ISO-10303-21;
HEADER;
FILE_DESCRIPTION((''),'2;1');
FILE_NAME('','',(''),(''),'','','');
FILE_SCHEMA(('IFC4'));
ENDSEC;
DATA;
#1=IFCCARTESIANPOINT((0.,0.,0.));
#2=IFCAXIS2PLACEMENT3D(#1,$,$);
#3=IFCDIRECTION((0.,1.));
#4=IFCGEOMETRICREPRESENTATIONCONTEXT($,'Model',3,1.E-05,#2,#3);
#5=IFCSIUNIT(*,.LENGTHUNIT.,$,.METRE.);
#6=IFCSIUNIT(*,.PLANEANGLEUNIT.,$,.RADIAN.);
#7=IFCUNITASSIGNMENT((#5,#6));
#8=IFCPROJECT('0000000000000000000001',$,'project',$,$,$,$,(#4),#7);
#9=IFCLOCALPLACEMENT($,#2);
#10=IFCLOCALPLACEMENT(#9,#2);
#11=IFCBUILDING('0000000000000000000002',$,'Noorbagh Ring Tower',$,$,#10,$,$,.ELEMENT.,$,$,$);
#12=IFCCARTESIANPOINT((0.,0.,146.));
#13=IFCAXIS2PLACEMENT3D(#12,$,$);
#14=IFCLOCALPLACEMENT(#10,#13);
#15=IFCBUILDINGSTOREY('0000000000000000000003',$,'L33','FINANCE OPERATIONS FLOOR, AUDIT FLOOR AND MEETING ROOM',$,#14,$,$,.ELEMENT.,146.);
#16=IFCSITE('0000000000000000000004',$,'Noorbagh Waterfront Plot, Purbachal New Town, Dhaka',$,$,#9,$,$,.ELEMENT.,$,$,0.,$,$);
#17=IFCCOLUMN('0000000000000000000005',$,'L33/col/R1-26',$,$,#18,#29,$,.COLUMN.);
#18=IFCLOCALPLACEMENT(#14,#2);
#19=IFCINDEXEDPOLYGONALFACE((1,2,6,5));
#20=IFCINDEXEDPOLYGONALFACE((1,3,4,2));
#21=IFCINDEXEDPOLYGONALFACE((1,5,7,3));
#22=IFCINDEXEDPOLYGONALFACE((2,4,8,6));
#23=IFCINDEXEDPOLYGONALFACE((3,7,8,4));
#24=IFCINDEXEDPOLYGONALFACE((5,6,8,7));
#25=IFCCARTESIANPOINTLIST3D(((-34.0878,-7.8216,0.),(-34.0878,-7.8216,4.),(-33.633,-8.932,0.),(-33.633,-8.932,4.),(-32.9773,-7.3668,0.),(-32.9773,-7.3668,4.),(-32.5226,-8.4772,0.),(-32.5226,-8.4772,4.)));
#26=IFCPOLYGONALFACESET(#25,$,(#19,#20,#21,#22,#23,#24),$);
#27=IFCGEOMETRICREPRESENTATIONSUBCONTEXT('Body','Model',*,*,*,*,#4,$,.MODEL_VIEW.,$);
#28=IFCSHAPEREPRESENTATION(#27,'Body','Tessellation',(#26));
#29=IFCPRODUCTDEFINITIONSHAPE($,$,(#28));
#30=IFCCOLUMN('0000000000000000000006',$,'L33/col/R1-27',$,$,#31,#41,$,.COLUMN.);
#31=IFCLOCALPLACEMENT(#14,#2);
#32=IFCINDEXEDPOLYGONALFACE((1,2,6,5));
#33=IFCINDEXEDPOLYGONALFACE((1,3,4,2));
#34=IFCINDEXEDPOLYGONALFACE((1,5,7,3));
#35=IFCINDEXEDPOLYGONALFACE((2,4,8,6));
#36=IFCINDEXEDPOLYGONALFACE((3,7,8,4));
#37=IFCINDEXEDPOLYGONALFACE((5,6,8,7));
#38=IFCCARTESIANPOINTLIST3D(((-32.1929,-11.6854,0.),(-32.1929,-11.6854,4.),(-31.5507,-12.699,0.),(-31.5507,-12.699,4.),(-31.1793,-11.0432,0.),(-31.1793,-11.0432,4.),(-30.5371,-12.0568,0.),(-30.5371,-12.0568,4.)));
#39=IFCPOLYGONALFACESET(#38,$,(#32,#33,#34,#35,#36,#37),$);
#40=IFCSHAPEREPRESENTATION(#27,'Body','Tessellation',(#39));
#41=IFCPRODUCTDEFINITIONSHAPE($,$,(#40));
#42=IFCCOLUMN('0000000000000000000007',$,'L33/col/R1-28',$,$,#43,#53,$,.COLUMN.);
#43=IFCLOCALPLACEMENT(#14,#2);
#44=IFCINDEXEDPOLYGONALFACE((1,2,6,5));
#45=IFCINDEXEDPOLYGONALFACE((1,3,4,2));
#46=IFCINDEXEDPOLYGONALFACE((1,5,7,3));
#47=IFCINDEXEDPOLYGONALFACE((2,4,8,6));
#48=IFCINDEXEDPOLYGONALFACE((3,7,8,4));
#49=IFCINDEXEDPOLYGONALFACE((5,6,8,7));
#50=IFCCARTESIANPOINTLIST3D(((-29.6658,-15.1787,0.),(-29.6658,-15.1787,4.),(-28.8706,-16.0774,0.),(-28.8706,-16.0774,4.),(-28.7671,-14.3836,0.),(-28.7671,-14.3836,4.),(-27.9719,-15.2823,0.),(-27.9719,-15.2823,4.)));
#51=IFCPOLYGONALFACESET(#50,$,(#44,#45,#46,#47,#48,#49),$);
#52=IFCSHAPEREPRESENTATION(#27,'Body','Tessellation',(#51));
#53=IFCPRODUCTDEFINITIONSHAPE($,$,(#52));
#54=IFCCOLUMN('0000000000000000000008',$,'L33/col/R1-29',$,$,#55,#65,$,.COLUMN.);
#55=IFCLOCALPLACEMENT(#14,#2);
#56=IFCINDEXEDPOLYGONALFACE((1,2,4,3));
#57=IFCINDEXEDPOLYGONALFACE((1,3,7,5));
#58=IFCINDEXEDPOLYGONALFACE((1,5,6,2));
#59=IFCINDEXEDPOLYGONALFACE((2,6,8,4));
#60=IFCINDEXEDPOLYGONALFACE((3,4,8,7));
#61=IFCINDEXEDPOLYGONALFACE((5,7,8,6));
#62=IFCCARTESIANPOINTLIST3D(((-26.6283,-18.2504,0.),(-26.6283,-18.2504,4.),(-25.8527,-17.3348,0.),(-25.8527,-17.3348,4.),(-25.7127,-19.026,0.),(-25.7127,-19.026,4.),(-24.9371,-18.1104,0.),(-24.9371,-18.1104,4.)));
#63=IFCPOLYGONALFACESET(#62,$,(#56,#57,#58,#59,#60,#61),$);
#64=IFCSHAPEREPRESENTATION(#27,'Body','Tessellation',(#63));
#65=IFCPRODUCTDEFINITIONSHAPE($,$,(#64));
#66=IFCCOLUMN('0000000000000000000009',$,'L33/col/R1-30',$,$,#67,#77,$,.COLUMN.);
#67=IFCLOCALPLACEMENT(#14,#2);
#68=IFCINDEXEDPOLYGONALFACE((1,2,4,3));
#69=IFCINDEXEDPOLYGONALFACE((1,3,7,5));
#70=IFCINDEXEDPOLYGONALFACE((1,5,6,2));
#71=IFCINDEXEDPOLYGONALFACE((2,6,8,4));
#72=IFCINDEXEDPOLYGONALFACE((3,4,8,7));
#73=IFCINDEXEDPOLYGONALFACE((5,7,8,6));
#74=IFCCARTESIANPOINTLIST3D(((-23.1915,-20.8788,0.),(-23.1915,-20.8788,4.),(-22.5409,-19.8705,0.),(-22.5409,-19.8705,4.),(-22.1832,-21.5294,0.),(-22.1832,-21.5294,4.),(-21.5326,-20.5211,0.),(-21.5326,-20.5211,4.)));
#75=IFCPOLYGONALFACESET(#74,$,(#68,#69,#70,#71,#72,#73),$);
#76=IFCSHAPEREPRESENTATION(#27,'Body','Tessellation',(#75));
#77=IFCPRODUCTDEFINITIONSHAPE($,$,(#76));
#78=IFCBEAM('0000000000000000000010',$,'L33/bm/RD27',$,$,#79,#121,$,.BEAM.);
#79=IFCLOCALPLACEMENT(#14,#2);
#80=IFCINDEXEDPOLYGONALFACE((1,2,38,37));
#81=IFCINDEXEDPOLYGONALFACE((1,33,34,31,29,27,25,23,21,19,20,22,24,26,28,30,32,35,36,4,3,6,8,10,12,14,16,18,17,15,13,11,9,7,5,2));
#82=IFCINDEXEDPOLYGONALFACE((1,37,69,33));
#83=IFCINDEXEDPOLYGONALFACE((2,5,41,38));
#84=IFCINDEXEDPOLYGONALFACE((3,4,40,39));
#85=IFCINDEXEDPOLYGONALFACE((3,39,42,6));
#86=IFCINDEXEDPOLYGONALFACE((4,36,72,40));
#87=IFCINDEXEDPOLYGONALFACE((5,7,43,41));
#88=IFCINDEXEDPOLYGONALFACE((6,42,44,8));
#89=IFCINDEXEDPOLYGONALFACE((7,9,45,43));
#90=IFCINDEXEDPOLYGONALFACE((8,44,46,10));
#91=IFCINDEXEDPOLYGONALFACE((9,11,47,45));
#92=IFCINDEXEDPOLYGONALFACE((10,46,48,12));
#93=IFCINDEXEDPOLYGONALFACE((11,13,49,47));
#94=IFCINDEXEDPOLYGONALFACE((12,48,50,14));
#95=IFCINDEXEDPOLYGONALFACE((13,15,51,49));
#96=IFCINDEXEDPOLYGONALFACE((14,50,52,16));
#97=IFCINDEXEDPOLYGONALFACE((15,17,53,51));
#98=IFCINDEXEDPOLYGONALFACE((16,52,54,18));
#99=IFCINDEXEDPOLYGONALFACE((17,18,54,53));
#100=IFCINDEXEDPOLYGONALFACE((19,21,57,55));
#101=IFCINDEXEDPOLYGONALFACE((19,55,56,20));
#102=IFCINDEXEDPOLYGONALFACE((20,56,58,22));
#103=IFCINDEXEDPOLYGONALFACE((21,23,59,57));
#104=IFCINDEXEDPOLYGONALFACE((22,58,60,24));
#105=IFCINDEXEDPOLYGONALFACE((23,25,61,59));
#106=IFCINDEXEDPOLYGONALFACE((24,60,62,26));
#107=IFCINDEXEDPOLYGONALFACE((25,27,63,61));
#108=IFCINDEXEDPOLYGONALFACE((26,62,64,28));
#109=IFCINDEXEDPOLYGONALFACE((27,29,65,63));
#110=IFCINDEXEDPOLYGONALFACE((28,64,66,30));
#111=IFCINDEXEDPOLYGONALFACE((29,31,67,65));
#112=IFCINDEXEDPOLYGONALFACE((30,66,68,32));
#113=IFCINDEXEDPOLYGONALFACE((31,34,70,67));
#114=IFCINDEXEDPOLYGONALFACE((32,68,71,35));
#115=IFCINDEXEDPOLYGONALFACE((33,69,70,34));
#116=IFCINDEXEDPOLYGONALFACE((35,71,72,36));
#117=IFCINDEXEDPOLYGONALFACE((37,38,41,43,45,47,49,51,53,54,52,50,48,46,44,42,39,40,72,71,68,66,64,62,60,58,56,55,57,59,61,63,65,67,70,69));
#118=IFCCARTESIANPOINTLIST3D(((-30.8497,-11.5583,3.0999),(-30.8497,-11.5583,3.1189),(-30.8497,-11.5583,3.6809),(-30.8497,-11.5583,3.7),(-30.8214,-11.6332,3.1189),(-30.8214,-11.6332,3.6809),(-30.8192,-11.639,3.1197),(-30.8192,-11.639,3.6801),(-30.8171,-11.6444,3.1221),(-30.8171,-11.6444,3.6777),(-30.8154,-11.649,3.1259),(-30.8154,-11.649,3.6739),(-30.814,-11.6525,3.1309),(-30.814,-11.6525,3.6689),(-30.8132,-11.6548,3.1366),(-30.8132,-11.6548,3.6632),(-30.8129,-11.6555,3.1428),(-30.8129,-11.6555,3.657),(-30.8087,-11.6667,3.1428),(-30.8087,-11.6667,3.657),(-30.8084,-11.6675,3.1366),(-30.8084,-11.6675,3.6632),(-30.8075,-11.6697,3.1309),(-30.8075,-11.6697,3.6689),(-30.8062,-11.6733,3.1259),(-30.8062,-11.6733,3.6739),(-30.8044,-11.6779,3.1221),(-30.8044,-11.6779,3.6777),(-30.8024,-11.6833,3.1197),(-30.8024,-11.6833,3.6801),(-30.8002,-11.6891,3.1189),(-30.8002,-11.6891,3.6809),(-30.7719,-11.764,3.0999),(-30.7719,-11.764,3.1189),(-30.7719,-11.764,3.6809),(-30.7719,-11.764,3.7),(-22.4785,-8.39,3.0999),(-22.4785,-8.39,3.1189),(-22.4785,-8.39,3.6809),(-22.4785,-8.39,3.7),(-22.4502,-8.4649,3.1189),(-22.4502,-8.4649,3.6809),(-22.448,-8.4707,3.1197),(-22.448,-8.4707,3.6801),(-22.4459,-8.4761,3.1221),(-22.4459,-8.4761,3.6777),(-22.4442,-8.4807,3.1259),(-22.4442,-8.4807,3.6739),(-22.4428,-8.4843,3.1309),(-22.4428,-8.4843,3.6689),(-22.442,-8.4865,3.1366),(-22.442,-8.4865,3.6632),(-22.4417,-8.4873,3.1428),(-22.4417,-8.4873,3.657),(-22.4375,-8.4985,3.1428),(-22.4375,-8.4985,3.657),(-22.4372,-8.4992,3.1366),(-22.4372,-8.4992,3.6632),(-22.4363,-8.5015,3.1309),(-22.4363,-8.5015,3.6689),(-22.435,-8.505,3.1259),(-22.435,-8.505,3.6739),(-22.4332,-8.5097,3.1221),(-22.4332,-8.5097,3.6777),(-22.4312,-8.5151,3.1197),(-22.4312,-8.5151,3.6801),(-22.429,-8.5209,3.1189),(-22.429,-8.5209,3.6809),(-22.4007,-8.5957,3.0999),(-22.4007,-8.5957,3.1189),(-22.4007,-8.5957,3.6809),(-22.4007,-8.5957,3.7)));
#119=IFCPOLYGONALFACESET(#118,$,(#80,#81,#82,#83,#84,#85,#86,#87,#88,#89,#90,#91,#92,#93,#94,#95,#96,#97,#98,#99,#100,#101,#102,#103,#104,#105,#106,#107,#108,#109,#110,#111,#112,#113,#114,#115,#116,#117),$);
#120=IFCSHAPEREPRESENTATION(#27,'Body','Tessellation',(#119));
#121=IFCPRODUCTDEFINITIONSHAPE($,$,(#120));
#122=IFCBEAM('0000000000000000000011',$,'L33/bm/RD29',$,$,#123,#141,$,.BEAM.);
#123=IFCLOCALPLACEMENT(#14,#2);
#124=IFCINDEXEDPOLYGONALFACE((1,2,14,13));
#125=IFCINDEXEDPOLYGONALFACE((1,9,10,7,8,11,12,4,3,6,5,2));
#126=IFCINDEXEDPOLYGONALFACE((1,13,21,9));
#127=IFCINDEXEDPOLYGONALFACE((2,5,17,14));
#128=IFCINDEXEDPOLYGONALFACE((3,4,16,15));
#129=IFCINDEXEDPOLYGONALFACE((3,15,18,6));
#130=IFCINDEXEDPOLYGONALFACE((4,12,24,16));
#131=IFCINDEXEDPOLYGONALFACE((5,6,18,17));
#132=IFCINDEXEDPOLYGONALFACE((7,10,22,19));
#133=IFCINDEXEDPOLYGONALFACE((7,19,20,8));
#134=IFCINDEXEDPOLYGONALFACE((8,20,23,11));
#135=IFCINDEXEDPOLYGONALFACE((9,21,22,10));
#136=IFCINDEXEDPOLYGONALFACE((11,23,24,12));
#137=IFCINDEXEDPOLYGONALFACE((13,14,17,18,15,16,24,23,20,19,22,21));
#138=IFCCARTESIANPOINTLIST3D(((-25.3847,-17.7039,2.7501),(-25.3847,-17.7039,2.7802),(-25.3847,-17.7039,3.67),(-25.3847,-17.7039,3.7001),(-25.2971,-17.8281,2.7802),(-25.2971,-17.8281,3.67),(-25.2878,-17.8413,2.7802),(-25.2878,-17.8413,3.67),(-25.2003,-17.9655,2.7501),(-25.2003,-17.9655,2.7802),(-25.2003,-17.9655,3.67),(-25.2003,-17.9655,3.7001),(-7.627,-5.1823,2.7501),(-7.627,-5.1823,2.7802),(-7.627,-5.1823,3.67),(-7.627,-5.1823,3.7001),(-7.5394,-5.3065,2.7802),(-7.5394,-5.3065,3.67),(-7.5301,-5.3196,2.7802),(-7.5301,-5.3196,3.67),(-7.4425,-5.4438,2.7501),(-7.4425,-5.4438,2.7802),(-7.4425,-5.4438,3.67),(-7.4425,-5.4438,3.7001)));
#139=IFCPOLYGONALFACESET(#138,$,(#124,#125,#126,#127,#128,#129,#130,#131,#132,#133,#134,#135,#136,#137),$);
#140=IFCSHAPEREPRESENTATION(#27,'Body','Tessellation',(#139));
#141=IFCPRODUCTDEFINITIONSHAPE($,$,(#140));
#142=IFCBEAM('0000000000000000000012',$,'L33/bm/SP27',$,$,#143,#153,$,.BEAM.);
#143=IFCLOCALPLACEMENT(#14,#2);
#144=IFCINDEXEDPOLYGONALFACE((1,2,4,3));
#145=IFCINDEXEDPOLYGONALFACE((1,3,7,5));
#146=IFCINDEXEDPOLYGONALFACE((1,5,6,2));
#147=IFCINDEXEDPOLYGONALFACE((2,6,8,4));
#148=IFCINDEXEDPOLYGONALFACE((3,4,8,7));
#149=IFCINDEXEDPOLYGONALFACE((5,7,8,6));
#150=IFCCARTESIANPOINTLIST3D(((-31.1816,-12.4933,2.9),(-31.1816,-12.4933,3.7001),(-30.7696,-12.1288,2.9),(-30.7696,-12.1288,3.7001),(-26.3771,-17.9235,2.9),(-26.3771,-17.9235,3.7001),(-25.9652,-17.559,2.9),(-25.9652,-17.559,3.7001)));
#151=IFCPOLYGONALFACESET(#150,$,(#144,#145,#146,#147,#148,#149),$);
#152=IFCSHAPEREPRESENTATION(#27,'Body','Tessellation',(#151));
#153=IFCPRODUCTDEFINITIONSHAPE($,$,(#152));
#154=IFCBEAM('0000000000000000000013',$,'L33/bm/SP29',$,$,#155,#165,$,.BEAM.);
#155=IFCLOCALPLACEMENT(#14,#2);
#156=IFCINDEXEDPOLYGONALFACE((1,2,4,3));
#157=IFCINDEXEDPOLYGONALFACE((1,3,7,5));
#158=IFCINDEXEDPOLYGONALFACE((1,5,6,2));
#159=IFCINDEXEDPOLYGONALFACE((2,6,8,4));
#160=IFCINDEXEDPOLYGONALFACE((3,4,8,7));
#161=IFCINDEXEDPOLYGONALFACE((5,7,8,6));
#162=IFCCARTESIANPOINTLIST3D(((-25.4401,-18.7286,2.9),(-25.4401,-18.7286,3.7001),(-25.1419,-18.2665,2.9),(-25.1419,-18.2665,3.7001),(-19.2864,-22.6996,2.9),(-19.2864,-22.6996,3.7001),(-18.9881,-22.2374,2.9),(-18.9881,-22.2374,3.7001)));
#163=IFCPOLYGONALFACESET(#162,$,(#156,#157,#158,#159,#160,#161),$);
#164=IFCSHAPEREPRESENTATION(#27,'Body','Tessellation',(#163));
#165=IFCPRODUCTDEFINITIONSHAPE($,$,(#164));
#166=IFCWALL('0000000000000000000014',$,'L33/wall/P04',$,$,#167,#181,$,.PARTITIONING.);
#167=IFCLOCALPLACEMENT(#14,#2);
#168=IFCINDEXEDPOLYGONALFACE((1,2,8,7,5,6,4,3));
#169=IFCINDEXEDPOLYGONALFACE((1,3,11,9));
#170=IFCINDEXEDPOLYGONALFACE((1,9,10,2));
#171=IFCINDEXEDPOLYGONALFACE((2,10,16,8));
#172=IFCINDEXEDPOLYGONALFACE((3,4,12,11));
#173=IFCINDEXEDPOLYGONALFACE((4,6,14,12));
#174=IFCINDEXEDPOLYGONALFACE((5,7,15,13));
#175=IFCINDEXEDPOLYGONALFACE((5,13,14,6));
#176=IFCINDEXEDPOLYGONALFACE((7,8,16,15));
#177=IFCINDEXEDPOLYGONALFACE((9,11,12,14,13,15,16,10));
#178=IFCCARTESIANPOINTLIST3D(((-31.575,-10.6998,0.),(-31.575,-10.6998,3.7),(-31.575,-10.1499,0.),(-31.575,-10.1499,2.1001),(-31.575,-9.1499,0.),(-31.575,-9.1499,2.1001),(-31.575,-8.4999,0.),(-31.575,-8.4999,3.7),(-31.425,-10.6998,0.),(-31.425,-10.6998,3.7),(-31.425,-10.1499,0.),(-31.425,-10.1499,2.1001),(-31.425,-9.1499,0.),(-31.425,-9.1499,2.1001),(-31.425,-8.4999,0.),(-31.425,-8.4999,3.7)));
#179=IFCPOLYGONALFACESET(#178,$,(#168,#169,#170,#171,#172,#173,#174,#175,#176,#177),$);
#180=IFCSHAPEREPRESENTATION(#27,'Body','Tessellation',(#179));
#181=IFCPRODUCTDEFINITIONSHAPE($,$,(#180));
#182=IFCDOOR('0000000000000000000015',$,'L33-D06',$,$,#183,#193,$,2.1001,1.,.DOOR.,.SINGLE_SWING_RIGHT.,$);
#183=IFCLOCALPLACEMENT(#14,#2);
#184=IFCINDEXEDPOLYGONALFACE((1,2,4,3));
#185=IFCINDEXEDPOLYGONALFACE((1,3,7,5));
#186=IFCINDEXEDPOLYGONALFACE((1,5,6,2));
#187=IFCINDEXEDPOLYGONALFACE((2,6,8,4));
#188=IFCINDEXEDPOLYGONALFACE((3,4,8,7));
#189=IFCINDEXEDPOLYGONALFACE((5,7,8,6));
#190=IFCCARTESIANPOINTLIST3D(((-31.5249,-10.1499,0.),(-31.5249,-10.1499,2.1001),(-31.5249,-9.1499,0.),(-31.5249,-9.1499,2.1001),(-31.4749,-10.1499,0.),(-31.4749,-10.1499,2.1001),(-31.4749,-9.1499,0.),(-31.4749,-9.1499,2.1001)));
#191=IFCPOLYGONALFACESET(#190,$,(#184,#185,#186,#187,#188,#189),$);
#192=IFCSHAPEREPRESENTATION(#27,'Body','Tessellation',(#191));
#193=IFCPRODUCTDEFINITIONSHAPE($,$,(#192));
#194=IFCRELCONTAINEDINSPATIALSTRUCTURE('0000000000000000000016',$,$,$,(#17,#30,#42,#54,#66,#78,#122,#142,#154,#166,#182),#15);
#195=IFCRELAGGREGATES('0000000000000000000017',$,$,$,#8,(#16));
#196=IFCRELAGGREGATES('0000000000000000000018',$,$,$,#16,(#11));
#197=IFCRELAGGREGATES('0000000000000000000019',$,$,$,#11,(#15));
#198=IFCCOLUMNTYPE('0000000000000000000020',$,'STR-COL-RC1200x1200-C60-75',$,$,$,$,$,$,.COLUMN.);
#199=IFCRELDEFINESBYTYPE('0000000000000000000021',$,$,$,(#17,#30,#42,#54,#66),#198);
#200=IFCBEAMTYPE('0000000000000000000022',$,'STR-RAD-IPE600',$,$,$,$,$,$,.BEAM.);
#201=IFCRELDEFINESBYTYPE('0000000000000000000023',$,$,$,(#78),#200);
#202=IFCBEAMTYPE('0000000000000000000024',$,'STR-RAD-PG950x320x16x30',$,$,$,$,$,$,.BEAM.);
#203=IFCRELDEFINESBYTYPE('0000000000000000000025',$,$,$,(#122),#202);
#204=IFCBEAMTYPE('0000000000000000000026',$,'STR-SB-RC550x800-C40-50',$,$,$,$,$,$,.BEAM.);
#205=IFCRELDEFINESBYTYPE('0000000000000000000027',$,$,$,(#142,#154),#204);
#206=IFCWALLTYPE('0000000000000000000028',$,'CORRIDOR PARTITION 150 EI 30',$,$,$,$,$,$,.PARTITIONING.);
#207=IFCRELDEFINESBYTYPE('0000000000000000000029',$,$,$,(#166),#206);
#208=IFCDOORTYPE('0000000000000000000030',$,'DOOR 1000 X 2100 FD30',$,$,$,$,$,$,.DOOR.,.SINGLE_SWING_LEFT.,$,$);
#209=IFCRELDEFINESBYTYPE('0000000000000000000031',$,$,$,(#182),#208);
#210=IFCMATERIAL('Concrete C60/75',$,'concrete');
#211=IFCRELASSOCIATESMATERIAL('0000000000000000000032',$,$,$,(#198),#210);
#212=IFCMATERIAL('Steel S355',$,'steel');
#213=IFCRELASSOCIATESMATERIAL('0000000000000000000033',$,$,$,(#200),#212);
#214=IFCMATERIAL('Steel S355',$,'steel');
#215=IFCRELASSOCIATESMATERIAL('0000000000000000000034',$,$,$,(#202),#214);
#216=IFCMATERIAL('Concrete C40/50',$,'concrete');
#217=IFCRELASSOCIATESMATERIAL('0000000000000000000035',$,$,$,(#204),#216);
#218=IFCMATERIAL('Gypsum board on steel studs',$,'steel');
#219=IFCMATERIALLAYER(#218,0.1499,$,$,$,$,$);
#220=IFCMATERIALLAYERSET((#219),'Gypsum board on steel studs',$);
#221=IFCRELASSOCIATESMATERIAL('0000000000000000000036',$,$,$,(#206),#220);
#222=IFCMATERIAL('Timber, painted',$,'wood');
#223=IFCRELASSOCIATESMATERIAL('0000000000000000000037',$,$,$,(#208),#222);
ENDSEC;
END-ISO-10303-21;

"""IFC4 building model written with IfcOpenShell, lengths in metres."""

from ifc_helpers import new_model, si_unit, direction, frame, frame_2d, origin, origin_2d, place, context, subcontext, project, spatial, rectangle, i_section, extrude, material, layer, layer_set, material_profile, profile_set, type_object, element, fill, save


model = new_model("IFC4")

# Units and contexts
model_context = context("Model", 3, precision=1e-05, world=origin(), true_north=direction((0.0, 1.0)))
body_context = subcontext(model_context, "Body", "Model", "MODEL_VIEW")
ifc_project = project(units=[si_unit("LENGTHUNIT", "METRE"), si_unit("PLANEANGLEUNIT", "RADIAN")], contexts=[model_context])

# Site, building, storey
site_placement = place(None, origin())
site = spatial("IfcSite", under=ifc_project, at=site_placement, Name="Noorbagh Waterfront Plot, Purbachal New Town, Dhaka", CompositionType="ELEMENT", RefElevation=0.0)
building_placement = place(site_placement, origin())
building = spatial("IfcBuilding", under=site, at=building_placement, Name="Noorbagh Ring Tower", CompositionType="ELEMENT")
storey_placement = place(building_placement, frame((0.0, 0.0, 146.0)))
storey = spatial("IfcBuildingStorey", under=building, at=storey_placement, Name="L33", Description="FINANCE OPERATIONS FLOOR, AUDIT FLOOR AND MEETING ROOM", CompositionType="ELEMENT", Elevation=146.0)

# Columns
ifc_material_1 = material(Name="Concrete C60/75", Category="concrete")
ifc_material_profile_1 = material_profile(ifc_material_1, rectangle(XDim=1.2, YDim=1.2, at=origin_2d()), Name="RC1200x1200")
ifc_profile_set_1 = profile_set([ifc_material_profile_1], Name="Concrete C60/75")
column_type = type_object("IfcColumnType", Name="STR-COL-RC1200x1200-C60-75", PredefinedType="COLUMN", material=ifc_profile_set_1)
for number, where, z_axis, x_axis, name in (
    (1, (-33.3052, -8.1494, 0.0), (0.0, 0.0, 1.0), (0.378989, -0.925401, 0.0), "L33/col/R1-26"),
    (2, (-31.365, -11.8711, 0.0), (0.0, 0.0, 1.0), (0.53519, -0.844731, 0.0), "L33/col/R1-27"),
    (3, (-28.8188, -15.2305, 0.0), (0.0, 0.0, 1.0), (0.662636, -0.748942, 0.0), "L33/col/R1-28"),
    (4, (-25.7827, -18.1804, 0.0), (0.0, 0.0, 1.0), (0.763035, -0.646357, 0.0), "L33/col/R1-29"),
    (5, (-22.3621, -20.7, 0.0), (0.0, 0.0, 1.0), (0.840248, -0.542203, 0.0), "L33/col/R1-30"),
):
    element("IfcColumn", number, at=place(storey_placement, frame(where, z_axis=z_axis, x_axis=x_axis)), inside=storey, type_object=column_type, Name=name, PredefinedType="COLUMN", context=body_context, shape_type="SweptSolid", body=[
        extrude(rectangle(XDim=1.2, YDim=1.2, at=origin_2d()), origin(), (0.0, 0.0, 1.0), 4.0),
    ])

# Beams
ifc_material_2 = material(Name="Steel S355", Category="steel")
ifc_material_profile_2 = material_profile(ifc_material_2, i_section(OverallWidth=0.22, OverallDepth=0.6001, WebThickness=0.012, FlangeThickness=0.019, FilletRadius=0.0239, at=origin_2d()), Name="IPE600")
ifc_profile_set_2 = profile_set([ifc_material_profile_2], Name="Steel S355")
beam_type_1 = type_object("IfcBeamType", Name="STR-RAD-IPE600", PredefinedType="BEAM", material=ifc_profile_set_2)
beam_1_placement = place(storey_placement, frame((-30.8108, -11.6611, 3.3999), z_axis=(0.935258, 0.353968, 0.0), x_axis=(-0.353968, 0.935258, 0.0)))
element("IfcBeam", 6, at=beam_1_placement, inside=storey, type_object=beam_type_1, Name="L33/bm/RD27", PredefinedType="BEAM", context=body_context, shape_type="SweptSolid", body=[
    extrude(i_section(OverallWidth=0.22, OverallDepth=0.6001, WebThickness=0.012, FlangeThickness=0.019, FilletRadius=0.0239, at=origin_2d()), origin(), (0.0, 0.0, 1.0), 8.9507),
])
ifc_material_3 = material(Name="Steel S355", Category="steel")
ifc_material_profile_3 = material_profile(ifc_material_3, i_section(OverallWidth=0.3201, OverallDepth=0.95, WebThickness=0.0161, FlangeThickness=0.03, at=origin_2d()), Name="PG950x320x16x30")
ifc_profile_set_3 = profile_set([ifc_material_profile_3], Name="Steel S355")
beam_type_2 = type_object("IfcBeamType", Name="STR-RAD-PG950x320x16x30", PredefinedType="BEAM", material=ifc_profile_set_3)
beam_2_placement = place(storey_placement, frame((-25.2925, -17.8347, 3.2251), z_axis=(0.817254, 0.576278, 0.0), x_axis=(-0.576278, 0.817254, 0.0)))
element("IfcBeam", 7, at=beam_2_placement, inside=storey, type_object=beam_type_2, Name="L33/bm/RD29", PredefinedType="BEAM", context=body_context, shape_type="SweptSolid", body=[
    extrude(i_section(OverallWidth=0.3201, OverallDepth=0.95, WebThickness=0.0161, FlangeThickness=0.03, at=origin_2d()), origin(), (0.0, 0.0, 1.0), 21.7285),
])
ifc_material_4 = material(Name="Concrete C40/50", Category="concrete")
ifc_material_profile_4 = material_profile(ifc_material_4, rectangle(XDim=0.55, YDim=0.8, at=origin_2d()), Name="RC550x800")
ifc_profile_set_4 = profile_set([ifc_material_profile_4], Name="Concrete C40/50")
beam_type_3 = type_object("IfcBeamType", Name="STR-SB-RC550x800-C40-50", PredefinedType="BEAM", material=ifc_profile_set_4)
beam_3_placement = place(storey_placement, frame((-30.9756, -12.311, 3.3), z_axis=(0.662638, -0.74894, 0.0), x_axis=(0.74894, 0.662638, 0.0)))
element("IfcBeam", 8, at=beam_3_placement, inside=storey, type_object=beam_type_3, Name="L33/bm/SP27", PredefinedType="BEAM", context=body_context, shape_type="SweptSolid", body=[
    extrude(rectangle(XDim=0.55, YDim=0.8, at=origin_2d()), origin(), (0.0, 0.0, 1.0), 7.2505),
])
beam_4_placement = place(storey_placement, frame((-25.291, -18.4976, 3.3), z_axis=(0.84025, -0.542199, 0.0), x_axis=(0.542199, 0.84025, 0.0)))
element("IfcBeam", 9, at=beam_4_placement, inside=storey, type_object=beam_type_3, Name="L33/bm/SP29", PredefinedType="BEAM", context=body_context, shape_type="SweptSolid", body=[
    extrude(rectangle(XDim=0.55, YDim=0.8, at=origin_2d()), origin(), (0.0, 0.0, 1.0), 7.3237),
])

# Wall, opening, door
ifc_material_5 = material(Name="Gypsum board on steel studs", Category="steel")
ifc_layer_1 = layer(ifc_material_5, 0.1499)
ifc_layer_set_1 = layer_set([ifc_layer_1], Name="Gypsum board on steel studs")
wall_type_1 = type_object("IfcWallType", Name="CORRIDOR PARTITION 150 EI 30", PredefinedType="PARTITIONING", material=ifc_layer_set_1)
wall_1_placement = place(storey_placement, frame((-31.5, -10.7, 0.0), z_axis=(0.0, 0.0, 1.0), x_axis=(0.0, 1.0, 0.0)))
wall_1 = element("IfcWall", 10, at=wall_1_placement, inside=storey, type_object=wall_type_1, Name="L33/wall/P04", PredefinedType="PARTITIONING", context=body_context, shape_type="SweptSolid", body=[
    extrude(rectangle(XDim=2.2, YDim=0.1499, at=frame_2d((1.1001, 0.0))), origin(), (0.0, 0.0, 1.0), 3.7),
])
opening_1_placement = place(wall_1_placement, frame((0.55, 0.0, 0.0)))
opening_1 = element("IfcOpeningElement", 11, at=opening_1_placement, cuts=wall_1, PredefinedType="OPENING", context=body_context, shape_type="SweptSolid", body=[
    extrude(rectangle(XDim=1.0, YDim=2.1001, at=frame_2d((0.5, 1.05))), frame((0.0, 0.085, 0.0), z_axis=(0.0, -1.0, 0.0), x_axis=(1.0, 0.0, 0.0)), (0.0, 0.0, 1.0), 0.1699),
])
ifc_material_6 = material(Name="Timber, painted", Category="wood")
door_type_1 = type_object("IfcDoorType", Name="DOOR 1000 X 2100 FD30", OperationType="SINGLE_SWING_LEFT", PredefinedType="DOOR", material=ifc_material_6)
door_1_placement = place(opening_1_placement, origin())
door_1 = element("IfcDoor", 12, at=door_1_placement, inside=storey, type_object=door_type_1, Name="L33-D06", OperationType="SINGLE_SWING_RIGHT", OverallHeight=2.1001, OverallWidth=1.0, PredefinedType="DOOR", context=body_context, shape_type="SweptSolid", body=[
    extrude(rectangle(XDim=1.0, YDim=2.1001, at=frame_2d((0.5, 1.05))), frame((0.0, 0.0249, 0.0), z_axis=(0.0, -1.0, 0.0), x_axis=(1.0, 0.0, 0.0)), (0.0, 0.0, 1.0), 0.05),
])
fill(opening_1, door_1)

save(model, "model.ifc")
